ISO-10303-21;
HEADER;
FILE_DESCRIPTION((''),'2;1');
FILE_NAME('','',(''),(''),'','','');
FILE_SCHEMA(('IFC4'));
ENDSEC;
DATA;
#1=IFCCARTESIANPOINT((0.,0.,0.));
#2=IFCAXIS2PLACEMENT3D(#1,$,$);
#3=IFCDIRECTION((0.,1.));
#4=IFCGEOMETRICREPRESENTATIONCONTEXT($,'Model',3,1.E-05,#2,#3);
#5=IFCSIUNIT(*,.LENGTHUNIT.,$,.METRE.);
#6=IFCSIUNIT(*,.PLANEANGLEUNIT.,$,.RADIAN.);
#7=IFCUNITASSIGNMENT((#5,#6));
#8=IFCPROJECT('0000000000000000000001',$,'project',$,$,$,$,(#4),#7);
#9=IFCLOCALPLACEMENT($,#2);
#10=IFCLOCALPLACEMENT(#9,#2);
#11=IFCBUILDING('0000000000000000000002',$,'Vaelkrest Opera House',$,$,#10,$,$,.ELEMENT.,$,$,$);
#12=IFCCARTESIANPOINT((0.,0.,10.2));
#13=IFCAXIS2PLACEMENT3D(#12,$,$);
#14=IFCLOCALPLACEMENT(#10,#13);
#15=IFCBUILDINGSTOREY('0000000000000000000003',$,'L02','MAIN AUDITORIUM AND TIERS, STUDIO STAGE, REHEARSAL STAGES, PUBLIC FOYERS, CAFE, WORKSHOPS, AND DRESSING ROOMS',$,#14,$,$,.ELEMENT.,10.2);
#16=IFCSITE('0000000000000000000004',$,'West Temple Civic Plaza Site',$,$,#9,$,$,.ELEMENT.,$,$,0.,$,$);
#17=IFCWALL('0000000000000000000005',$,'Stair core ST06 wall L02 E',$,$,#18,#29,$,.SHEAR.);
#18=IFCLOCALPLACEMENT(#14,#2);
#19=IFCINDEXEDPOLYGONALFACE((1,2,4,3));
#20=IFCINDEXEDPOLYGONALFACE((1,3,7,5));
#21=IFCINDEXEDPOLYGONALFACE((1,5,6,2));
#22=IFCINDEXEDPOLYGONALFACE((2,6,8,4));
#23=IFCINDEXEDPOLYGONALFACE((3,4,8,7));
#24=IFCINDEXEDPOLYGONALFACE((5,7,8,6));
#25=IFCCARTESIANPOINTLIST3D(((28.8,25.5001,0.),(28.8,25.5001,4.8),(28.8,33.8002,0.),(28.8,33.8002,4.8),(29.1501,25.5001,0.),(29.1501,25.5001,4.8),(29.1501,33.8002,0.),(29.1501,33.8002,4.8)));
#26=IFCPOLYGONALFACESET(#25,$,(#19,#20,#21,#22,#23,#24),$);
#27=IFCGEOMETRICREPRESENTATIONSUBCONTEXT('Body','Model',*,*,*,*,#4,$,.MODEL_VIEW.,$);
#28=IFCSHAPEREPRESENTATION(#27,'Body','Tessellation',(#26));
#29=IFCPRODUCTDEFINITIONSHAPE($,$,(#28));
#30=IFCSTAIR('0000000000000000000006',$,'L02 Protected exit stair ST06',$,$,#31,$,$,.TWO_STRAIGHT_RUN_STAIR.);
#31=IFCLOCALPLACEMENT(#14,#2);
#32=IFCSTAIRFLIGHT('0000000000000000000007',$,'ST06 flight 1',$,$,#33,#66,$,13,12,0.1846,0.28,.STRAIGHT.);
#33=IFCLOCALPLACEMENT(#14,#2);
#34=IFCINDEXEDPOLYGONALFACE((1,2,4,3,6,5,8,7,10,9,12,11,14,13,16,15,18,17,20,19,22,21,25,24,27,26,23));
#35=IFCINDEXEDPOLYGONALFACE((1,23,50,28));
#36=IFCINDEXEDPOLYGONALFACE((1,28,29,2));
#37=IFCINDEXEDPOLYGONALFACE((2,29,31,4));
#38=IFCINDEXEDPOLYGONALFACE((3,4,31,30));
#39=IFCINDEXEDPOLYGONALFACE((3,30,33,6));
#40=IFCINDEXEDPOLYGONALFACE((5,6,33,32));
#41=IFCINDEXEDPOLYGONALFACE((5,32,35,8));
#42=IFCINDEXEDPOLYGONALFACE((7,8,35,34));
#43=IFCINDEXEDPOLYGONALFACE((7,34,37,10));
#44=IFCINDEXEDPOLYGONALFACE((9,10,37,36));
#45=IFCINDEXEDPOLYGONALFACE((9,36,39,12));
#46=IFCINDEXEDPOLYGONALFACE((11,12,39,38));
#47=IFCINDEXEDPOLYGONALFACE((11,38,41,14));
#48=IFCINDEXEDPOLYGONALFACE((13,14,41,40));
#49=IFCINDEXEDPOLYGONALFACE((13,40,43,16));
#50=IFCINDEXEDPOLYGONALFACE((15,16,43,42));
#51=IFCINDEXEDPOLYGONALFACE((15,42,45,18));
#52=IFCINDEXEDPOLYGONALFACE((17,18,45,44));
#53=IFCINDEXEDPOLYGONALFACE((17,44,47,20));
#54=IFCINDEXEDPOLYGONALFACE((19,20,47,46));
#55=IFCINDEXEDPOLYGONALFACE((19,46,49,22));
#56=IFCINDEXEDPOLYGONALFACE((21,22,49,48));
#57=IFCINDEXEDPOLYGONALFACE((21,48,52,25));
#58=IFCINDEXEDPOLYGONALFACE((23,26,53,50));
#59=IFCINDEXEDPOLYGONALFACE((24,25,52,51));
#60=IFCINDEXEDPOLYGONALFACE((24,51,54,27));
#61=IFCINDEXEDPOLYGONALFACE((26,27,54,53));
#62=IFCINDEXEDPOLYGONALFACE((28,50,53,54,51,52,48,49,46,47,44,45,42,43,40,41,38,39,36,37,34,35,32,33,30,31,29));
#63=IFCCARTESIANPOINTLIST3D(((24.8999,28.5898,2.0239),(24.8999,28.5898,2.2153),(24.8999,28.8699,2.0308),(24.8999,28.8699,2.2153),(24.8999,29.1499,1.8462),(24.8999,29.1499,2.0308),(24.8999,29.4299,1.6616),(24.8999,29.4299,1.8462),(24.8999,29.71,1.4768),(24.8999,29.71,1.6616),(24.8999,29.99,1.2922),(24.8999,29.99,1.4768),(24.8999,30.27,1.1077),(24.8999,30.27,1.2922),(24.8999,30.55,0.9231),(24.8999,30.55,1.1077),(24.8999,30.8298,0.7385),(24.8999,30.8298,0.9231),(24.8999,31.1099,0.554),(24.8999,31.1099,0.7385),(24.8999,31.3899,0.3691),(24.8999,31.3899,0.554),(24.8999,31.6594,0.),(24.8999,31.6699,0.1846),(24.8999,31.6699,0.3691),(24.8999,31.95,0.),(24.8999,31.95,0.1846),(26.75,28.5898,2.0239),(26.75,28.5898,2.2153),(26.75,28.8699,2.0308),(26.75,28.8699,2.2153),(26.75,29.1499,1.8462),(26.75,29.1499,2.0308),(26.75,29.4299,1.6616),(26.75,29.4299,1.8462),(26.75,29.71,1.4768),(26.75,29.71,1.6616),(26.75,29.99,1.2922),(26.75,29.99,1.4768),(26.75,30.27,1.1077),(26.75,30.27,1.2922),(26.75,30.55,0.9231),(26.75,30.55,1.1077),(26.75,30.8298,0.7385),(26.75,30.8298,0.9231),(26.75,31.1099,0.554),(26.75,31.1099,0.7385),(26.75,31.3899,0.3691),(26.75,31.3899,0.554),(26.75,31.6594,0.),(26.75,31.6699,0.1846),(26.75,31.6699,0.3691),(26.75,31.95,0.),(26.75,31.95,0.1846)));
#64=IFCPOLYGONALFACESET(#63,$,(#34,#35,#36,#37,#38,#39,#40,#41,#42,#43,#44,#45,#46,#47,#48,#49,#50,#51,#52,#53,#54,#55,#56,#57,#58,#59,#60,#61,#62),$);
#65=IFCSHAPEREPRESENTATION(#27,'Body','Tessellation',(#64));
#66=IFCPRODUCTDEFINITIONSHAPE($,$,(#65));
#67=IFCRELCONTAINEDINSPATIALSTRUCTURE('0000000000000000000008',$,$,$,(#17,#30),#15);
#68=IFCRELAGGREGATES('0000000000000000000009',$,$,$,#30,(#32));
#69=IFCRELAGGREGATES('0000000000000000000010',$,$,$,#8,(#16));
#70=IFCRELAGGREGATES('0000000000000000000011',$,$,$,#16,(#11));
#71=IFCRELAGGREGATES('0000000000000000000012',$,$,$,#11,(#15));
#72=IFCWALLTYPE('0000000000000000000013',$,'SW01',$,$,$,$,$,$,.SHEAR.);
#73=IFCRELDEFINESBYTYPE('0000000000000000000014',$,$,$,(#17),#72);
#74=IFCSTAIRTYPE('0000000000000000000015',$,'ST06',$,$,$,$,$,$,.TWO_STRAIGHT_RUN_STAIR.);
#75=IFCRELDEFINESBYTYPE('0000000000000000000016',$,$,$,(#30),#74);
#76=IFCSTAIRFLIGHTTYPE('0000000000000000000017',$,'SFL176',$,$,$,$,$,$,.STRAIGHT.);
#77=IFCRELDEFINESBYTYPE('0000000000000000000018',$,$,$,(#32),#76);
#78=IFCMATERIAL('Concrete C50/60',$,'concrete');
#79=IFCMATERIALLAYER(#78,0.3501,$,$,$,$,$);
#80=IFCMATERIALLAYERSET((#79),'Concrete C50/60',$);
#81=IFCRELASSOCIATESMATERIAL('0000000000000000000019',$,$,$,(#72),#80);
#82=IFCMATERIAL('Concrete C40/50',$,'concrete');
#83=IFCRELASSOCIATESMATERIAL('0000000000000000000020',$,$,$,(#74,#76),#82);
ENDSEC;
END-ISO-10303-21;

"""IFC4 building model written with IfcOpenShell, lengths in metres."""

from ifc_helpers import new_model, si_unit, direction, frame, frame_2d, origin, place, context, subcontext, project, spatial, polyline, rectangle, outline, extrude, material, layer, layer_set, type_object, element, aggregate, save


model = new_model("IFC4")

# Units and contexts
model_context = context("Model", 3, precision=1e-05, world=origin(), true_north=direction((0.0, 1.0)))
body_context = subcontext(model_context, "Body", "Model", "MODEL_VIEW")
ifc_project = project(units=[si_unit("LENGTHUNIT", "METRE"), si_unit("PLANEANGLEUNIT", "RADIAN")], contexts=[model_context])

# Site, building, storey
site_placement = place(None, origin())
site = spatial("IfcSite", under=ifc_project, at=site_placement, Name="West Temple Civic Plaza Site", CompositionType="ELEMENT", RefElevation=0.0)
building_placement = place(site_placement, origin())
building = spatial("IfcBuilding", under=site, at=building_placement, Name="Vaelkrest Opera House", CompositionType="ELEMENT")
storey_placement = place(building_placement, frame((0.0, 0.0, 10.2)))
storey = spatial("IfcBuildingStorey", under=building, at=storey_placement, Name="L02", Description="MAIN AUDITORIUM AND TIERS, STUDIO STAGE, REHEARSAL STAGES, PUBLIC FOYERS, CAFE, WORKSHOPS, AND DRESSING ROOMS", CompositionType="ELEMENT", Elevation=10.2)

# Shared definitions
ifc_material_1 = material(Name="Concrete C50/60", Category="concrete")

# Shared definitions
ifc_material_2 = material(Name="Concrete C40/50", Category="concrete")

# Shared definitions
ifc_layer_1 = layer(ifc_material_1, 0.3501)
ifc_layer_set_1 = layer_set([ifc_layer_1], Name="Concrete C50/60")
wall_type_1 = type_object("IfcWallType", Name="SW01", PredefinedType="SHEAR", material=ifc_layer_set_1)

# Wall
wall_1_placement = place(storey_placement, frame((28.9751, 33.8, 0.0), z_axis=(0.0, 0.0, 1.0), x_axis=(0.0, -1.0, 0.0)))
element("IfcWall", 1, at=wall_1_placement, inside=storey, type_object=wall_type_1, Name="Stair core ST06 wall L02 E", PredefinedType="SHEAR", context=body_context, shape_type="SweptSolid", body=[
    extrude(rectangle(XDim=8.3, YDim=0.3501, at=frame_2d((4.1499, 0.0))), origin(), (0.0, 0.0, 1.0), 4.8),
])

# Stair, stair flight
stair_type = type_object("IfcStairType", Name="ST06", PredefinedType="TWO_STRAIGHT_RUN_STAIR", material=ifc_material_2)
stair_placement = place(storey_placement, origin())
stair = element("IfcStair", 2, at=stair_placement, inside=storey, type_object=stair_type, Name="L02 Protected exit stair ST06", PredefinedType="TWO_STRAIGHT_RUN_STAIR")
stair_flight_type = type_object("IfcStairFlightType", Name="SFL176", PredefinedType="STRAIGHT", material=ifc_material_2)
stair_flight_placement = place(storey_placement, frame((25.825, 31.95, 0.0), z_axis=(0.0, 0.0, 1.0), x_axis=(0.0, -1.0, 0.0)))
stair_flight = element("IfcStairFlight", 3, at=stair_flight_placement, type_object=stair_flight_type, Name="ST06 flight 1", NumberOfRisers=13, NumberOfTreads=12, PredefinedType="STRAIGHT", RiserHeight=0.1846, TreadLength=0.28, context=body_context, shape_type="SweptSolid", body=[
    extrude(outline(polyline([(0.0, 0.0), (0.0, 0.1846), (0.28, 0.1846), (0.28, 0.3691), (0.5601, 0.3691), (0.5601, 0.554), (0.8401, 0.554), (0.8401, 0.7385), (1.1201, 0.7385), (1.1201, 0.9231), (1.3999, 0.9231), (1.3999, 1.1077), (1.6799, 1.1077), (1.6799, 1.2922), (1.96, 1.2922), (1.96, 1.4768), (2.24, 1.4768), (2.24, 1.6616), (2.52, 1.6616), (2.52, 1.8462), (2.8, 1.8462), (2.8, 2.0308), (3.0801, 2.0308), (3.0801, 2.2153), (3.3601, 2.2153), (3.3601, 2.3999), (3.3601, 2.0239), (0.2905, 0.0), (0.0, 0.0)])), frame((0.0, 0.925, 0.0), z_axis=(0.0, -1.0, 0.0), x_axis=(1.0, 0.0, 0.0)), (0.0, 0.0, 1.0), 1.8501),
])
aggregate(stair, [stair_flight])

save(model, "model.ifc")
